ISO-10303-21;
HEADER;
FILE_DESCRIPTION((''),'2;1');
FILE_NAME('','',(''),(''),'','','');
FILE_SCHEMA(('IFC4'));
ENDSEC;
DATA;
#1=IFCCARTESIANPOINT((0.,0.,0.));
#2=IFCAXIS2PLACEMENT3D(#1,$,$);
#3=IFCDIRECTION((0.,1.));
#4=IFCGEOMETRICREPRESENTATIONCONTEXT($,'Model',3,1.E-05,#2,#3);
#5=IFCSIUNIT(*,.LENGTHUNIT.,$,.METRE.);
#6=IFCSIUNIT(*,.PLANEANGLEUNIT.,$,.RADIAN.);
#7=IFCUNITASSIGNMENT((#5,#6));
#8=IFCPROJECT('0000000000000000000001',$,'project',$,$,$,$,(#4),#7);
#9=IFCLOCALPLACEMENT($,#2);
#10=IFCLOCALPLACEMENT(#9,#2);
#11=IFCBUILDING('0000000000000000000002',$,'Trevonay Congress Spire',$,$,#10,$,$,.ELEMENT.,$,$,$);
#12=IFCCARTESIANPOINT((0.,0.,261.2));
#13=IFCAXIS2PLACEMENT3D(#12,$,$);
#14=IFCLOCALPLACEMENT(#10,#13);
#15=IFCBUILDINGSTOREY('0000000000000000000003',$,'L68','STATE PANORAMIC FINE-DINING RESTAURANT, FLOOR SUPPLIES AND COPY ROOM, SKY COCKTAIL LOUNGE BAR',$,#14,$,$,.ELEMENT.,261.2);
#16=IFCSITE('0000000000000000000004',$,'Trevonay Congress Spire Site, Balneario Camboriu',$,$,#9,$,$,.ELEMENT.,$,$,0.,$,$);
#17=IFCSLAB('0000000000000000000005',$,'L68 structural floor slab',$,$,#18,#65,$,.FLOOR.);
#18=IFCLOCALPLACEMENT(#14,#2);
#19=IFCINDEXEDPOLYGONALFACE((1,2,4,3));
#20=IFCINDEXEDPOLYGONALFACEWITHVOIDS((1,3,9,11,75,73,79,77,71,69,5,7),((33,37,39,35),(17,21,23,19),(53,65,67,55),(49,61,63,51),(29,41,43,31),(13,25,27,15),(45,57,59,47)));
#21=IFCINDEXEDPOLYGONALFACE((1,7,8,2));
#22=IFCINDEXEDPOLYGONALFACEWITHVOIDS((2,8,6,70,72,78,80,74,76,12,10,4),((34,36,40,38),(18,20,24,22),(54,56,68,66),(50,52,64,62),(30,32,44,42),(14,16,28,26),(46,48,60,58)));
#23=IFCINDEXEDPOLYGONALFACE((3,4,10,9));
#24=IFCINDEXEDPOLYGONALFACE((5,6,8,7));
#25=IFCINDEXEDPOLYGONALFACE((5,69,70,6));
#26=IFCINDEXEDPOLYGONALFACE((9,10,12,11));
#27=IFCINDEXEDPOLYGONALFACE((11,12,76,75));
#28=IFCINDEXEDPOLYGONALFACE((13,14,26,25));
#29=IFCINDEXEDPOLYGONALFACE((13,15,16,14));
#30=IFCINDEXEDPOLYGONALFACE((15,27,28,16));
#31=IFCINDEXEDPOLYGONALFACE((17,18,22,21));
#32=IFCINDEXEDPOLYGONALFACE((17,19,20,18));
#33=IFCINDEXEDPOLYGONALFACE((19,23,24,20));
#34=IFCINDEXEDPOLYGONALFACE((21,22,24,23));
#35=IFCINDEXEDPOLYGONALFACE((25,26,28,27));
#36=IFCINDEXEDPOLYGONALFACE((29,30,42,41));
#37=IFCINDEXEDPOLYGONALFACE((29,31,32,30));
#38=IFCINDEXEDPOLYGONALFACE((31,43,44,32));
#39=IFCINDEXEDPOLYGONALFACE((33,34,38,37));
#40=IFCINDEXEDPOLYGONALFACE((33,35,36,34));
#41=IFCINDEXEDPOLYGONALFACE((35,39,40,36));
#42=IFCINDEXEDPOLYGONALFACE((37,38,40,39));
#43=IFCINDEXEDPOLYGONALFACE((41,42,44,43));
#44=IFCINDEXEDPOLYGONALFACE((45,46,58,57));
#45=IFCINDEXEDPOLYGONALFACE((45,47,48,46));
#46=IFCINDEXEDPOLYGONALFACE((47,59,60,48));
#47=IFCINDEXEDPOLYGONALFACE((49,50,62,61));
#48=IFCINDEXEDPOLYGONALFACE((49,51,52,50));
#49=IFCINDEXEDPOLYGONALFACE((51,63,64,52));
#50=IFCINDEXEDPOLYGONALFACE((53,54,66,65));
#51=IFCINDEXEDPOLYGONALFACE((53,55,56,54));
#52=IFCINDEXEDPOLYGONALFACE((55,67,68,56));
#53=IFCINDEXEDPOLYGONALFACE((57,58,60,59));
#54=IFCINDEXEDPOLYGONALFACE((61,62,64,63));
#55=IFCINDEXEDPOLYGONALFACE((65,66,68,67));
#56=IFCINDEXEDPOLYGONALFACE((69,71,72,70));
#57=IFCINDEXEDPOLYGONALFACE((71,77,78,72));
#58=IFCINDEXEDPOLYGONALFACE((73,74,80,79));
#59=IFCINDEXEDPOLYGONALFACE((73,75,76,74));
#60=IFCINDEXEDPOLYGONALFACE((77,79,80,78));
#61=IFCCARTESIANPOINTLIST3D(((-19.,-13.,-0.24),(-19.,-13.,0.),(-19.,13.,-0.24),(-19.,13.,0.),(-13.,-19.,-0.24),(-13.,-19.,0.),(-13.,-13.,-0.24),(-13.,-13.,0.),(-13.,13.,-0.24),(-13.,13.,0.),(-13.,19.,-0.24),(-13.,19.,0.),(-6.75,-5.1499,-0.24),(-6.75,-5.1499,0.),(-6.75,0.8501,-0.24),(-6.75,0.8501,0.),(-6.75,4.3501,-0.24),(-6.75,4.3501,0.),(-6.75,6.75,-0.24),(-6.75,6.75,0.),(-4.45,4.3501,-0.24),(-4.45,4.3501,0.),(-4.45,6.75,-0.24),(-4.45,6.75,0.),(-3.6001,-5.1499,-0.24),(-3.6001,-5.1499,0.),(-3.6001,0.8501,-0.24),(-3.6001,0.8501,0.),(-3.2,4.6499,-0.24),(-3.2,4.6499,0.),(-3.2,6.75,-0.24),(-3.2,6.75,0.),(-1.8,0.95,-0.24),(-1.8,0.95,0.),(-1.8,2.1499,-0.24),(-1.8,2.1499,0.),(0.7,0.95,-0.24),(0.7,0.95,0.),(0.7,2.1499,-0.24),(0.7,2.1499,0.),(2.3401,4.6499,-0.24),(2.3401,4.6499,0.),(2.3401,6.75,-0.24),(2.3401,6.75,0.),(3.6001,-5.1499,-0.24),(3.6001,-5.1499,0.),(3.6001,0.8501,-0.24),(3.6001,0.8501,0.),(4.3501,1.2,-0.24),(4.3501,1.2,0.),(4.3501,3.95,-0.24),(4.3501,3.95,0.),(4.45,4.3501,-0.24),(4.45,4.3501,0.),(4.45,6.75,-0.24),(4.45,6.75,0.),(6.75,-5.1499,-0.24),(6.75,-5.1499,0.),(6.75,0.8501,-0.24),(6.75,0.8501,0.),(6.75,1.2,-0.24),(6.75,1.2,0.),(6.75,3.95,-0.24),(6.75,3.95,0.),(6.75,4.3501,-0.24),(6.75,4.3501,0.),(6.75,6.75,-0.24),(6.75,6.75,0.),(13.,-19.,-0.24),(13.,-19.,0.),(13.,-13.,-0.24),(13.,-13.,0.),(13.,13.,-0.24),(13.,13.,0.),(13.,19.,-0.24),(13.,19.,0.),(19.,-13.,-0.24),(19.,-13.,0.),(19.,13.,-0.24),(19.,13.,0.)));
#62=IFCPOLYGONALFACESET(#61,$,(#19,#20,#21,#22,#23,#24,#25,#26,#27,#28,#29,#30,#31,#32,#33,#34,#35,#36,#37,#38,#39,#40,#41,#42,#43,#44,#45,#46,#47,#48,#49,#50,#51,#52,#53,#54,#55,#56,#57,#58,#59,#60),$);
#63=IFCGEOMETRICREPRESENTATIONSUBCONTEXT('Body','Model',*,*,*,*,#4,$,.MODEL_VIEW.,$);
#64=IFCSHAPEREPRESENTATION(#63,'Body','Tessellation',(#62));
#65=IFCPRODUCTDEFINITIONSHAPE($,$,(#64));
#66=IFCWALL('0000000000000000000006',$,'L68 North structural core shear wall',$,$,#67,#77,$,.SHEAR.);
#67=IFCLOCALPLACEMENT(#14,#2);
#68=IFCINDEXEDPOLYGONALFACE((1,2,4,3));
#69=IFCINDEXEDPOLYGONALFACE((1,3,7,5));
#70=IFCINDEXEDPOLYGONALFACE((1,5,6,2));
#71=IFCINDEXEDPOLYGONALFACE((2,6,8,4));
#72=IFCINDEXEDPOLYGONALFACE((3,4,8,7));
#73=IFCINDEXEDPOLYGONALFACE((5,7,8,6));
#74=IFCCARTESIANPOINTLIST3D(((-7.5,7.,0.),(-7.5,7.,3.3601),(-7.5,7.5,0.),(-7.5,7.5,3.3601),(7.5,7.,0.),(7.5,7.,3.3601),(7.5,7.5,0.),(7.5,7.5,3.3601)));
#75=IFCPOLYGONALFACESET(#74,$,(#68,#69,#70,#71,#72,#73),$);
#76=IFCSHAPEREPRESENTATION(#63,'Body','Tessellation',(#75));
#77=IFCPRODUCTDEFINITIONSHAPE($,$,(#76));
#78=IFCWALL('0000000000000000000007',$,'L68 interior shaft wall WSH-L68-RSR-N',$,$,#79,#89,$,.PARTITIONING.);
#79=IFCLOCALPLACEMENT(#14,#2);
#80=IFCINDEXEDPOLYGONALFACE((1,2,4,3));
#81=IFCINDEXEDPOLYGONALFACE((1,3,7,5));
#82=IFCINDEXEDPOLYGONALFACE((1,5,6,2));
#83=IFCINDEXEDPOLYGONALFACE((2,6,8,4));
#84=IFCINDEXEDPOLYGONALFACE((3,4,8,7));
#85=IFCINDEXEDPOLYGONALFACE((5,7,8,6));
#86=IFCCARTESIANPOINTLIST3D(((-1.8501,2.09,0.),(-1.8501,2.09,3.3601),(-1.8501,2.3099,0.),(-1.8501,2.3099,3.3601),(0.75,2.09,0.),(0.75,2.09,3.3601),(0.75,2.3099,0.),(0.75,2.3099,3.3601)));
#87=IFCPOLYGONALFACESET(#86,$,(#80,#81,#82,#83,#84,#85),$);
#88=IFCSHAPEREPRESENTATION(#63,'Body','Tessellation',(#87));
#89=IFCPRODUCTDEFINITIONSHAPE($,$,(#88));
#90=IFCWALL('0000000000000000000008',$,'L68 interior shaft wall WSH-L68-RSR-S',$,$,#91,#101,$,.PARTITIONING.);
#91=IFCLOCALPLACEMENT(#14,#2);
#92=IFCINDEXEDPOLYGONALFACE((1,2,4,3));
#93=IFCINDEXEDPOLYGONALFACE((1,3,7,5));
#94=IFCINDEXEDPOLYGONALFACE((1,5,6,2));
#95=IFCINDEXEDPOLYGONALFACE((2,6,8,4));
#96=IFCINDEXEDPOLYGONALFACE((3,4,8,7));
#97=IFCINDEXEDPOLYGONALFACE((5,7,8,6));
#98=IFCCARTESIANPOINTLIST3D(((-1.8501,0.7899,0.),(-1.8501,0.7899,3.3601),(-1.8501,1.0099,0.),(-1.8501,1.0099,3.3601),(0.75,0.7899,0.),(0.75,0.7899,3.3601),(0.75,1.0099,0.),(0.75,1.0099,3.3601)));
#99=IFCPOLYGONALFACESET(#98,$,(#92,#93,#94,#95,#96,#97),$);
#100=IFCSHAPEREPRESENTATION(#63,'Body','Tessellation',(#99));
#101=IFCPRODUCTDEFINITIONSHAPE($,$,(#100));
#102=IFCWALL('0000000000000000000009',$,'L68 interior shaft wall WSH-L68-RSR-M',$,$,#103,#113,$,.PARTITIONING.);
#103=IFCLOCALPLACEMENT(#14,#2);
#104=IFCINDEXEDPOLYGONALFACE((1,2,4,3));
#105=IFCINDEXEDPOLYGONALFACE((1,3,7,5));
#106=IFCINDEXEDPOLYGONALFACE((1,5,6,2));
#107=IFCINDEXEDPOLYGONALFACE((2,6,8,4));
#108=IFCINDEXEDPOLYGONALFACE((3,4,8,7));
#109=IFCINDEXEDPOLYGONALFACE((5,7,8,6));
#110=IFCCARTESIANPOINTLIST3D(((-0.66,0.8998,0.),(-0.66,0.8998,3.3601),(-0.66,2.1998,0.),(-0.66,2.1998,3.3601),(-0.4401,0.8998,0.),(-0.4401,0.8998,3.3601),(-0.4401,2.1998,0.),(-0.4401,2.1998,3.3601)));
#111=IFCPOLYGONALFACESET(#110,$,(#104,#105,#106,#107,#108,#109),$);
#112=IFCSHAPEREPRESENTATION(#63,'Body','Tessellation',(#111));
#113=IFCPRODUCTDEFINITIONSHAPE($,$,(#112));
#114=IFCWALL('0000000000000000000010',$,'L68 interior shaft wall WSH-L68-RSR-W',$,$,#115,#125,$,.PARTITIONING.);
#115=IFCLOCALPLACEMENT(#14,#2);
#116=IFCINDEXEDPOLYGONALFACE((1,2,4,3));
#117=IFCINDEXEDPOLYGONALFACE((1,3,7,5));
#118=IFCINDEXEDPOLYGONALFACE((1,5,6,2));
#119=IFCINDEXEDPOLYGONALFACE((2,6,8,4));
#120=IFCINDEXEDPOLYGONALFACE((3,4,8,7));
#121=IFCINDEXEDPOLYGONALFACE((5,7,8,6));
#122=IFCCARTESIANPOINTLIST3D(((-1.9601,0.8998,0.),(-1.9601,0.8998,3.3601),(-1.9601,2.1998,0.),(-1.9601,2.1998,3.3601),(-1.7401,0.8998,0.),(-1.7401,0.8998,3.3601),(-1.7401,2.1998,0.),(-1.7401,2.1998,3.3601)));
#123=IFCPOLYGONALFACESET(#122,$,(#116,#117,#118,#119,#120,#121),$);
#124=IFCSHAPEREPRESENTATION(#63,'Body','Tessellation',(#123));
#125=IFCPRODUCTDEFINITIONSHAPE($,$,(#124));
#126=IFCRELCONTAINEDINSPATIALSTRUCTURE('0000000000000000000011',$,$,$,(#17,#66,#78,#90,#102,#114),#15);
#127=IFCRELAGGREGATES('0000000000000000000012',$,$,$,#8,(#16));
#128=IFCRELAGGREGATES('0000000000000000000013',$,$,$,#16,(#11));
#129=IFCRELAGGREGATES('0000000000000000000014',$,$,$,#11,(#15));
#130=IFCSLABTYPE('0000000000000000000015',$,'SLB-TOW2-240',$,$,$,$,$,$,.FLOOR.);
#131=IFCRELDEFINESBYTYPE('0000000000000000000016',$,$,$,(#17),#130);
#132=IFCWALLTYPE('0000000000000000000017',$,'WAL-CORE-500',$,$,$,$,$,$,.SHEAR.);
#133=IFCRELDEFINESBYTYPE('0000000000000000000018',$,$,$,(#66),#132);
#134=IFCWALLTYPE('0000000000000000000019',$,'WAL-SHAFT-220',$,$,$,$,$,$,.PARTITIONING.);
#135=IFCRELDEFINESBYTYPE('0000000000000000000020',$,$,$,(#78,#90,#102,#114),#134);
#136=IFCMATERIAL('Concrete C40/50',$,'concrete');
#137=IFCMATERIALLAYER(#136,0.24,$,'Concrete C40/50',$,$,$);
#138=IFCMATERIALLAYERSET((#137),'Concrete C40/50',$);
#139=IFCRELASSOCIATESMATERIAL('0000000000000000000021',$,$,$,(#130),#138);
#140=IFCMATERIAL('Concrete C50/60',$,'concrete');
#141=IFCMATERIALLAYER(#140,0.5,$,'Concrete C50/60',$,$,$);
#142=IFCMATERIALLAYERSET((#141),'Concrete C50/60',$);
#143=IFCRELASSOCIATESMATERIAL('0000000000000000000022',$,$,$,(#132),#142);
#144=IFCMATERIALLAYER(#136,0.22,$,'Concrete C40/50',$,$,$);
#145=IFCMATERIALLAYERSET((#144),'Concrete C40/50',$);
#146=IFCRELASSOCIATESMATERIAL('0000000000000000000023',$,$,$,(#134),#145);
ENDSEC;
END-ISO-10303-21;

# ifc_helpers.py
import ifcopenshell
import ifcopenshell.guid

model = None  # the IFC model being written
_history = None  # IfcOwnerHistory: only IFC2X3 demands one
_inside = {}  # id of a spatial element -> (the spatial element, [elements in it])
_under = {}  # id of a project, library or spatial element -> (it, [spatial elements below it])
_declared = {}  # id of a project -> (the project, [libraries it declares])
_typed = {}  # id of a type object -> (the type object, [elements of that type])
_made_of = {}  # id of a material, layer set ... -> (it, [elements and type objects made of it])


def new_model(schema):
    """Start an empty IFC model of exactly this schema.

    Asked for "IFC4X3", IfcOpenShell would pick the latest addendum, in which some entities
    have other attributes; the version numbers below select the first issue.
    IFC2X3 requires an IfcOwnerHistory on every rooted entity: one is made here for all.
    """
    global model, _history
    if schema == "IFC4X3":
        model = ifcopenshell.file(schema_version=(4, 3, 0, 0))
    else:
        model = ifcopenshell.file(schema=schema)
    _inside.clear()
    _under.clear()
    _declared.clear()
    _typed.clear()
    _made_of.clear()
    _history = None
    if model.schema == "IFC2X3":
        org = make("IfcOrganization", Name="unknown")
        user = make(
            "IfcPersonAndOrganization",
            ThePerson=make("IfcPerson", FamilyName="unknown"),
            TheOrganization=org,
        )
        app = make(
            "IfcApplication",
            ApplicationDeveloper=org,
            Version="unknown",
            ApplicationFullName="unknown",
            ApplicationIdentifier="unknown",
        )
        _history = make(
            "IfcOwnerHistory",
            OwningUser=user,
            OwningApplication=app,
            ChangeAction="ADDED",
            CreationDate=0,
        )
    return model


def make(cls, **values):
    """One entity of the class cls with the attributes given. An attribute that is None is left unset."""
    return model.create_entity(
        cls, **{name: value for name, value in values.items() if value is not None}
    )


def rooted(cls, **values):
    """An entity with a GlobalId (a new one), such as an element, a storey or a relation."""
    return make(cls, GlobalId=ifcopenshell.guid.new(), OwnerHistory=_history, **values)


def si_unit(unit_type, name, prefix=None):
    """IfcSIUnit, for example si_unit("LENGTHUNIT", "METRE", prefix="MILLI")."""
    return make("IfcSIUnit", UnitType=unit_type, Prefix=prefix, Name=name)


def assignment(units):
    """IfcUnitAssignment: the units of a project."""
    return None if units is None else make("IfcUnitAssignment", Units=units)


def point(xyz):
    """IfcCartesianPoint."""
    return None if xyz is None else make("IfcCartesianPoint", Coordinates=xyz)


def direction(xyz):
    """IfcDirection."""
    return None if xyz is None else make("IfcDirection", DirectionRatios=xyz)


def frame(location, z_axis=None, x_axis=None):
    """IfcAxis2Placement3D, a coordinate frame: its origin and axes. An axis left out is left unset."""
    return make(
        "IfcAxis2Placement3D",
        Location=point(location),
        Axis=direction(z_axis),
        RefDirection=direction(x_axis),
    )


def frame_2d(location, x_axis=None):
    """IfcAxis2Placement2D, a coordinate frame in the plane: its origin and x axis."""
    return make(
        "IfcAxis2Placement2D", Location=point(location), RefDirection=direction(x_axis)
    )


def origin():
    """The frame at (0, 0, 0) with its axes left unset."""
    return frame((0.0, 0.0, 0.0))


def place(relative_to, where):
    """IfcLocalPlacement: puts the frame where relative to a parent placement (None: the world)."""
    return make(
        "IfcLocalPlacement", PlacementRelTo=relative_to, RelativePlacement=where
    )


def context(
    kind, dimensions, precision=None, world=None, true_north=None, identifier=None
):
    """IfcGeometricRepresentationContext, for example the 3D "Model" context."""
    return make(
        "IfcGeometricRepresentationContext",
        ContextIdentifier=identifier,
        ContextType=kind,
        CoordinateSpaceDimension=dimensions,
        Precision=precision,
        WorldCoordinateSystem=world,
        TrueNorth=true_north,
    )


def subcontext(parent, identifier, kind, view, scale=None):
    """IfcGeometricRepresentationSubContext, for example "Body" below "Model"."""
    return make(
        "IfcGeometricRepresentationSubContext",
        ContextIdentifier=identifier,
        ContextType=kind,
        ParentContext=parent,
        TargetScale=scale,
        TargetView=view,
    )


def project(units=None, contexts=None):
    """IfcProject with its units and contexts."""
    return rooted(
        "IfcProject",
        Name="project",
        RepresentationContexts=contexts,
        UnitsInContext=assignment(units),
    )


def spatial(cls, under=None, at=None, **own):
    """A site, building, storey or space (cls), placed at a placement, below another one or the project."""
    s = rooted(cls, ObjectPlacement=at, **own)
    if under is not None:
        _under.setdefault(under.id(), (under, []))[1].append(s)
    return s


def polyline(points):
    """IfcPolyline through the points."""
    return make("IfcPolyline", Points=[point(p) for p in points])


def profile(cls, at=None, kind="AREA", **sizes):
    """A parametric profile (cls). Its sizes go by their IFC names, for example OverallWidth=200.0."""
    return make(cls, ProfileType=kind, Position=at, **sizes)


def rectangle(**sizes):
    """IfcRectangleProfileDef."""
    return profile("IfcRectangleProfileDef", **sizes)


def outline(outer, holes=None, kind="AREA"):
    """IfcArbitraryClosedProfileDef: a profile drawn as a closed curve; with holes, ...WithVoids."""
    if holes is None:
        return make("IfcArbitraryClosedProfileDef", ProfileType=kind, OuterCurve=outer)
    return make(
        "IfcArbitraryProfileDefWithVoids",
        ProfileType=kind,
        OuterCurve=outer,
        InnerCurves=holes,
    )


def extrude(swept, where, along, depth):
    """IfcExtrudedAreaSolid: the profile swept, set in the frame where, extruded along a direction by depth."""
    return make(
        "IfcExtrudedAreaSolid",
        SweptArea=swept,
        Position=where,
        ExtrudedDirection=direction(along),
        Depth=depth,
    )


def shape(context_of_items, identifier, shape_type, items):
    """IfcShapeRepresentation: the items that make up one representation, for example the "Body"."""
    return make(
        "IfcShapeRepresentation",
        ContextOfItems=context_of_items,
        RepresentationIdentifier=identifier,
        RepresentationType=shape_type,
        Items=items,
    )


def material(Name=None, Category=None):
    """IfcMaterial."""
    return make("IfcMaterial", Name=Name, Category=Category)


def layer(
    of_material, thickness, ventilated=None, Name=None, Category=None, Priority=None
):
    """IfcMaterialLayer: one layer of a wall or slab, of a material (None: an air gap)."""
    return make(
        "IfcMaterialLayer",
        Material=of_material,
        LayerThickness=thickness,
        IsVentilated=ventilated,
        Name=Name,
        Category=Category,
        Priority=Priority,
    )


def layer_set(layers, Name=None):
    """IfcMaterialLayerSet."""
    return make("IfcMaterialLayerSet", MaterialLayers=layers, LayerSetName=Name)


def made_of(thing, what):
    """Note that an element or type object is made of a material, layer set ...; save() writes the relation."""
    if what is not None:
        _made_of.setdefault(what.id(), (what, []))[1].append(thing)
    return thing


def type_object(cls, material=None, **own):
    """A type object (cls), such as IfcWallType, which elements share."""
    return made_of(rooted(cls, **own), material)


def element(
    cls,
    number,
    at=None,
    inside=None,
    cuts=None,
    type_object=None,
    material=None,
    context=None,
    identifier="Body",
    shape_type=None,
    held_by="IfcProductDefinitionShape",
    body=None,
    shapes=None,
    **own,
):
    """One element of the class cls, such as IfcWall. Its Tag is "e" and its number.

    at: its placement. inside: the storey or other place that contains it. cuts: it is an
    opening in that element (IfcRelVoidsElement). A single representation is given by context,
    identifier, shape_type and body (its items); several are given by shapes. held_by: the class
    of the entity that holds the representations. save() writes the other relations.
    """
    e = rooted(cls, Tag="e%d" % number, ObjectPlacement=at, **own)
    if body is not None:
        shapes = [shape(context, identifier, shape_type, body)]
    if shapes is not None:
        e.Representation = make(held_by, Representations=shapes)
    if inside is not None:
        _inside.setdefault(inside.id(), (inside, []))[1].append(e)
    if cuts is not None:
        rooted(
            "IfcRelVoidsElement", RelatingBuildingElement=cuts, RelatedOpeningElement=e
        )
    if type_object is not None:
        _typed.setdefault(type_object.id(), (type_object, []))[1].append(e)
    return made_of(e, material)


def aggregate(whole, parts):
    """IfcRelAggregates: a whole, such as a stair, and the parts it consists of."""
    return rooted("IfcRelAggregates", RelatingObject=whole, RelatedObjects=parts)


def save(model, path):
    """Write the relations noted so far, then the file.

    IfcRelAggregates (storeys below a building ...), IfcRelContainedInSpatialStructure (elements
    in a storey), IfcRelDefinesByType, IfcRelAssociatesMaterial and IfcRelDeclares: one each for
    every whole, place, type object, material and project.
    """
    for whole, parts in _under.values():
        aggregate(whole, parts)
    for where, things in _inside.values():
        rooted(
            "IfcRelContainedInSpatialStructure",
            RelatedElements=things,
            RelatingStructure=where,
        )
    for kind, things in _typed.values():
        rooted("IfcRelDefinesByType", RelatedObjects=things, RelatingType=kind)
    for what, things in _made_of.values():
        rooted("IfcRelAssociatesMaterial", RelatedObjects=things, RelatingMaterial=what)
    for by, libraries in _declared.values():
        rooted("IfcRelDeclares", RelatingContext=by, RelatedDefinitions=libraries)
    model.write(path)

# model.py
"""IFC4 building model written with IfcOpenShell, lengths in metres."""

from ifc_helpers import new_model, si_unit, direction, frame, frame_2d, origin, place, context, subcontext, project, spatial, polyline, rectangle, outline, extrude, material, layer, layer_set, type_object, element, save


model = new_model("IFC4")

# Units and contexts
model_context = context("Model", 3, precision=1e-05, world=origin(), true_north=direction((0.0, 1.0)))
body_context = subcontext(model_context, "Body", "Model", "MODEL_VIEW")
ifc_project = project(units=[si_unit("LENGTHUNIT", "METRE"), si_unit("PLANEANGLEUNIT", "RADIAN")], contexts=[model_context])

# Site, building, storey
site_placement = place(None, origin())
site = spatial("IfcSite", under=ifc_project, at=site_placement, Name="Trevonay Congress Spire Site, Balneario Camboriu", CompositionType="ELEMENT", RefElevation=0.0)
building_placement = place(site_placement, origin())
building = spatial("IfcBuilding", under=site, at=building_placement, Name="Trevonay Congress Spire", CompositionType="ELEMENT")
storey_placement = place(building_placement, frame((0.0, 0.0, 261.2)))
storey = spatial("IfcBuildingStorey", under=building, at=storey_placement, Name="L68", Description="STATE PANORAMIC FINE-DINING RESTAURANT, FLOOR SUPPLIES AND COPY ROOM, SKY COCKTAIL LOUNGE BAR", CompositionType="ELEMENT", Elevation=261.2)

# Slab
ifc_material_1 = material(Name="Concrete C40/50", Category="concrete")
ifc_layer_1 = layer(ifc_material_1, 0.24, Name="Concrete C40/50")
ifc_layer_set_1 = layer_set([ifc_layer_1], Name="Concrete C40/50")
slab_type = type_object("IfcSlabType", Name="SLB-TOW2-240", PredefinedType="FLOOR", material=ifc_layer_set_1)
slab_placement = place(storey_placement, frame((0.0, 0.0, -0.24)))
element("IfcSlab", 1, at=slab_placement, inside=storey, type_object=slab_type, Name="L68 structural floor slab", PredefinedType="FLOOR", context=body_context, shape_type="SweptSolid", body=[
    extrude(outline(polyline([(-13.0, -19.0), (13.0, -19.0), (13.0, -13.0), (19.0, -13.0), (19.0, 13.0), (13.0, 13.0), (13.0, 19.0), (-13.0, 19.0), (-13.0, 13.0), (-19.0, 13.0), (-19.0, -13.0), (-13.0, -13.0), (-13.0, -19.0)]), holes=[polyline([(-3.6001, -5.1499), (-3.6001, 0.8501), (-6.75, 0.8501), (-6.75, -5.1499), (-3.6001, -5.1499)]), polyline([(6.75, -5.1499), (6.75, 0.8501), (3.6001, 0.8501), (3.6001, -5.1499), (6.75, -5.1499)]), polyline([(-3.2, 4.6499), (2.3401, 4.6499), (2.3401, 6.75), (-3.2, 6.75), (-3.2, 4.6499)]), polyline([(-6.75, 4.3501), (-4.45, 4.3501), (-4.45, 6.75), (-6.75, 6.75), (-6.75, 4.3501)]), polyline([(4.45, 4.3501), (6.75, 4.3501), (6.75, 6.75), (4.45, 6.75), (4.45, 4.3501)]), polyline([(4.3501, 1.2), (6.75, 1.2), (6.75, 3.95), (4.3501, 3.95), (4.3501, 1.2)]), polyline([(-1.8, 0.95), (0.7, 0.95), (0.7, 2.1499), (-1.8, 2.1499), (-1.8, 0.95)])]), origin(), (0.0, 0.0, 1.0), 0.24),
])

# Walls
ifc_material_2 = material(Name="Concrete C50/60", Category="concrete")
ifc_layer_2 = layer(ifc_material_2, 0.5, Name="Concrete C50/60")
ifc_layer_set_2 = layer_set([ifc_layer_2], Name="Concrete C50/60")
wall_type_1 = type_object("IfcWallType", Name="WAL-CORE-500", PredefinedType="SHEAR", material=ifc_layer_set_2)
wall_1_placement = place(storey_placement, frame((-7.5, 7.25, 0.0), z_axis=(0.0, 0.0, 1.0), x_axis=(1.0, 0.0, 0.0)))
element("IfcWall", 2, at=wall_1_placement, inside=storey, type_object=wall_type_1, Name="L68 North structural core shear wall", PredefinedType="SHEAR", context=body_context, shape_type="SweptSolid", body=[
    extrude(rectangle(XDim=15.0, YDim=0.5, at=frame_2d((7.5, 0.0))), origin(), (0.0, 0.0, 1.0), 3.3601),
])
ifc_layer_3 = layer(ifc_material_1, 0.22, Name="Concrete C40/50")
ifc_layer_set_3 = layer_set([ifc_layer_3], Name="Concrete C40/50")
wall_type_2 = type_object("IfcWallType", Name="WAL-SHAFT-220", PredefinedType="PARTITIONING", material=ifc_layer_set_3)
for number, where, z_axis, x_axis, name in (
    (3, (-1.8501, 2.2, 0.0), (0.0, 0.0, 1.0), (1.0, 0.0, 0.0), "L68 interior shaft wall WSH-L68-RSR-N"),
    (4, (-1.8501, 0.8999, 0.0), (0.0, 0.0, 1.0), (1.0, 0.0, 0.0), "L68 interior shaft wall WSH-L68-RSR-S"),
):
    element("IfcWall", number, at=place(storey_placement, frame(where, z_axis=z_axis, x_axis=x_axis)), inside=storey, type_object=wall_type_2, Name=name, PredefinedType="PARTITIONING", context=body_context, shape_type="SweptSolid", body=[
        extrude(rectangle(XDim=2.6001, YDim=0.22, at=frame_2d((1.3, 0.0))), origin(), (0.0, 0.0, 1.0), 3.3601),
    ])
for number, where, z_axis, x_axis, name in (
    (5, (-0.55, 0.8999, 0.0), (0.0, 0.0, 1.0), (0.0, 1.0, 0.0), "L68 interior shaft wall WSH-L68-RSR-M"),
    (6, (-1.8501, 0.8999, 0.0), (0.0, 0.0, 1.0), (0.0, 1.0, 0.0), "L68 interior shaft wall WSH-L68-RSR-W"),
):
    element("IfcWall", number, at=place(storey_placement, frame(where, z_axis=z_axis, x_axis=x_axis)), inside=storey, type_object=wall_type_2, Name=name, PredefinedType="PARTITIONING", context=body_context, shape_type="SweptSolid", body=[
        extrude(rectangle(XDim=1.3, YDim=0.22, at=frame_2d((0.6499, 0.0))), origin(), (0.0, 0.0, 1.0), 3.3601),
    ])

save(model, "model.ifc")
